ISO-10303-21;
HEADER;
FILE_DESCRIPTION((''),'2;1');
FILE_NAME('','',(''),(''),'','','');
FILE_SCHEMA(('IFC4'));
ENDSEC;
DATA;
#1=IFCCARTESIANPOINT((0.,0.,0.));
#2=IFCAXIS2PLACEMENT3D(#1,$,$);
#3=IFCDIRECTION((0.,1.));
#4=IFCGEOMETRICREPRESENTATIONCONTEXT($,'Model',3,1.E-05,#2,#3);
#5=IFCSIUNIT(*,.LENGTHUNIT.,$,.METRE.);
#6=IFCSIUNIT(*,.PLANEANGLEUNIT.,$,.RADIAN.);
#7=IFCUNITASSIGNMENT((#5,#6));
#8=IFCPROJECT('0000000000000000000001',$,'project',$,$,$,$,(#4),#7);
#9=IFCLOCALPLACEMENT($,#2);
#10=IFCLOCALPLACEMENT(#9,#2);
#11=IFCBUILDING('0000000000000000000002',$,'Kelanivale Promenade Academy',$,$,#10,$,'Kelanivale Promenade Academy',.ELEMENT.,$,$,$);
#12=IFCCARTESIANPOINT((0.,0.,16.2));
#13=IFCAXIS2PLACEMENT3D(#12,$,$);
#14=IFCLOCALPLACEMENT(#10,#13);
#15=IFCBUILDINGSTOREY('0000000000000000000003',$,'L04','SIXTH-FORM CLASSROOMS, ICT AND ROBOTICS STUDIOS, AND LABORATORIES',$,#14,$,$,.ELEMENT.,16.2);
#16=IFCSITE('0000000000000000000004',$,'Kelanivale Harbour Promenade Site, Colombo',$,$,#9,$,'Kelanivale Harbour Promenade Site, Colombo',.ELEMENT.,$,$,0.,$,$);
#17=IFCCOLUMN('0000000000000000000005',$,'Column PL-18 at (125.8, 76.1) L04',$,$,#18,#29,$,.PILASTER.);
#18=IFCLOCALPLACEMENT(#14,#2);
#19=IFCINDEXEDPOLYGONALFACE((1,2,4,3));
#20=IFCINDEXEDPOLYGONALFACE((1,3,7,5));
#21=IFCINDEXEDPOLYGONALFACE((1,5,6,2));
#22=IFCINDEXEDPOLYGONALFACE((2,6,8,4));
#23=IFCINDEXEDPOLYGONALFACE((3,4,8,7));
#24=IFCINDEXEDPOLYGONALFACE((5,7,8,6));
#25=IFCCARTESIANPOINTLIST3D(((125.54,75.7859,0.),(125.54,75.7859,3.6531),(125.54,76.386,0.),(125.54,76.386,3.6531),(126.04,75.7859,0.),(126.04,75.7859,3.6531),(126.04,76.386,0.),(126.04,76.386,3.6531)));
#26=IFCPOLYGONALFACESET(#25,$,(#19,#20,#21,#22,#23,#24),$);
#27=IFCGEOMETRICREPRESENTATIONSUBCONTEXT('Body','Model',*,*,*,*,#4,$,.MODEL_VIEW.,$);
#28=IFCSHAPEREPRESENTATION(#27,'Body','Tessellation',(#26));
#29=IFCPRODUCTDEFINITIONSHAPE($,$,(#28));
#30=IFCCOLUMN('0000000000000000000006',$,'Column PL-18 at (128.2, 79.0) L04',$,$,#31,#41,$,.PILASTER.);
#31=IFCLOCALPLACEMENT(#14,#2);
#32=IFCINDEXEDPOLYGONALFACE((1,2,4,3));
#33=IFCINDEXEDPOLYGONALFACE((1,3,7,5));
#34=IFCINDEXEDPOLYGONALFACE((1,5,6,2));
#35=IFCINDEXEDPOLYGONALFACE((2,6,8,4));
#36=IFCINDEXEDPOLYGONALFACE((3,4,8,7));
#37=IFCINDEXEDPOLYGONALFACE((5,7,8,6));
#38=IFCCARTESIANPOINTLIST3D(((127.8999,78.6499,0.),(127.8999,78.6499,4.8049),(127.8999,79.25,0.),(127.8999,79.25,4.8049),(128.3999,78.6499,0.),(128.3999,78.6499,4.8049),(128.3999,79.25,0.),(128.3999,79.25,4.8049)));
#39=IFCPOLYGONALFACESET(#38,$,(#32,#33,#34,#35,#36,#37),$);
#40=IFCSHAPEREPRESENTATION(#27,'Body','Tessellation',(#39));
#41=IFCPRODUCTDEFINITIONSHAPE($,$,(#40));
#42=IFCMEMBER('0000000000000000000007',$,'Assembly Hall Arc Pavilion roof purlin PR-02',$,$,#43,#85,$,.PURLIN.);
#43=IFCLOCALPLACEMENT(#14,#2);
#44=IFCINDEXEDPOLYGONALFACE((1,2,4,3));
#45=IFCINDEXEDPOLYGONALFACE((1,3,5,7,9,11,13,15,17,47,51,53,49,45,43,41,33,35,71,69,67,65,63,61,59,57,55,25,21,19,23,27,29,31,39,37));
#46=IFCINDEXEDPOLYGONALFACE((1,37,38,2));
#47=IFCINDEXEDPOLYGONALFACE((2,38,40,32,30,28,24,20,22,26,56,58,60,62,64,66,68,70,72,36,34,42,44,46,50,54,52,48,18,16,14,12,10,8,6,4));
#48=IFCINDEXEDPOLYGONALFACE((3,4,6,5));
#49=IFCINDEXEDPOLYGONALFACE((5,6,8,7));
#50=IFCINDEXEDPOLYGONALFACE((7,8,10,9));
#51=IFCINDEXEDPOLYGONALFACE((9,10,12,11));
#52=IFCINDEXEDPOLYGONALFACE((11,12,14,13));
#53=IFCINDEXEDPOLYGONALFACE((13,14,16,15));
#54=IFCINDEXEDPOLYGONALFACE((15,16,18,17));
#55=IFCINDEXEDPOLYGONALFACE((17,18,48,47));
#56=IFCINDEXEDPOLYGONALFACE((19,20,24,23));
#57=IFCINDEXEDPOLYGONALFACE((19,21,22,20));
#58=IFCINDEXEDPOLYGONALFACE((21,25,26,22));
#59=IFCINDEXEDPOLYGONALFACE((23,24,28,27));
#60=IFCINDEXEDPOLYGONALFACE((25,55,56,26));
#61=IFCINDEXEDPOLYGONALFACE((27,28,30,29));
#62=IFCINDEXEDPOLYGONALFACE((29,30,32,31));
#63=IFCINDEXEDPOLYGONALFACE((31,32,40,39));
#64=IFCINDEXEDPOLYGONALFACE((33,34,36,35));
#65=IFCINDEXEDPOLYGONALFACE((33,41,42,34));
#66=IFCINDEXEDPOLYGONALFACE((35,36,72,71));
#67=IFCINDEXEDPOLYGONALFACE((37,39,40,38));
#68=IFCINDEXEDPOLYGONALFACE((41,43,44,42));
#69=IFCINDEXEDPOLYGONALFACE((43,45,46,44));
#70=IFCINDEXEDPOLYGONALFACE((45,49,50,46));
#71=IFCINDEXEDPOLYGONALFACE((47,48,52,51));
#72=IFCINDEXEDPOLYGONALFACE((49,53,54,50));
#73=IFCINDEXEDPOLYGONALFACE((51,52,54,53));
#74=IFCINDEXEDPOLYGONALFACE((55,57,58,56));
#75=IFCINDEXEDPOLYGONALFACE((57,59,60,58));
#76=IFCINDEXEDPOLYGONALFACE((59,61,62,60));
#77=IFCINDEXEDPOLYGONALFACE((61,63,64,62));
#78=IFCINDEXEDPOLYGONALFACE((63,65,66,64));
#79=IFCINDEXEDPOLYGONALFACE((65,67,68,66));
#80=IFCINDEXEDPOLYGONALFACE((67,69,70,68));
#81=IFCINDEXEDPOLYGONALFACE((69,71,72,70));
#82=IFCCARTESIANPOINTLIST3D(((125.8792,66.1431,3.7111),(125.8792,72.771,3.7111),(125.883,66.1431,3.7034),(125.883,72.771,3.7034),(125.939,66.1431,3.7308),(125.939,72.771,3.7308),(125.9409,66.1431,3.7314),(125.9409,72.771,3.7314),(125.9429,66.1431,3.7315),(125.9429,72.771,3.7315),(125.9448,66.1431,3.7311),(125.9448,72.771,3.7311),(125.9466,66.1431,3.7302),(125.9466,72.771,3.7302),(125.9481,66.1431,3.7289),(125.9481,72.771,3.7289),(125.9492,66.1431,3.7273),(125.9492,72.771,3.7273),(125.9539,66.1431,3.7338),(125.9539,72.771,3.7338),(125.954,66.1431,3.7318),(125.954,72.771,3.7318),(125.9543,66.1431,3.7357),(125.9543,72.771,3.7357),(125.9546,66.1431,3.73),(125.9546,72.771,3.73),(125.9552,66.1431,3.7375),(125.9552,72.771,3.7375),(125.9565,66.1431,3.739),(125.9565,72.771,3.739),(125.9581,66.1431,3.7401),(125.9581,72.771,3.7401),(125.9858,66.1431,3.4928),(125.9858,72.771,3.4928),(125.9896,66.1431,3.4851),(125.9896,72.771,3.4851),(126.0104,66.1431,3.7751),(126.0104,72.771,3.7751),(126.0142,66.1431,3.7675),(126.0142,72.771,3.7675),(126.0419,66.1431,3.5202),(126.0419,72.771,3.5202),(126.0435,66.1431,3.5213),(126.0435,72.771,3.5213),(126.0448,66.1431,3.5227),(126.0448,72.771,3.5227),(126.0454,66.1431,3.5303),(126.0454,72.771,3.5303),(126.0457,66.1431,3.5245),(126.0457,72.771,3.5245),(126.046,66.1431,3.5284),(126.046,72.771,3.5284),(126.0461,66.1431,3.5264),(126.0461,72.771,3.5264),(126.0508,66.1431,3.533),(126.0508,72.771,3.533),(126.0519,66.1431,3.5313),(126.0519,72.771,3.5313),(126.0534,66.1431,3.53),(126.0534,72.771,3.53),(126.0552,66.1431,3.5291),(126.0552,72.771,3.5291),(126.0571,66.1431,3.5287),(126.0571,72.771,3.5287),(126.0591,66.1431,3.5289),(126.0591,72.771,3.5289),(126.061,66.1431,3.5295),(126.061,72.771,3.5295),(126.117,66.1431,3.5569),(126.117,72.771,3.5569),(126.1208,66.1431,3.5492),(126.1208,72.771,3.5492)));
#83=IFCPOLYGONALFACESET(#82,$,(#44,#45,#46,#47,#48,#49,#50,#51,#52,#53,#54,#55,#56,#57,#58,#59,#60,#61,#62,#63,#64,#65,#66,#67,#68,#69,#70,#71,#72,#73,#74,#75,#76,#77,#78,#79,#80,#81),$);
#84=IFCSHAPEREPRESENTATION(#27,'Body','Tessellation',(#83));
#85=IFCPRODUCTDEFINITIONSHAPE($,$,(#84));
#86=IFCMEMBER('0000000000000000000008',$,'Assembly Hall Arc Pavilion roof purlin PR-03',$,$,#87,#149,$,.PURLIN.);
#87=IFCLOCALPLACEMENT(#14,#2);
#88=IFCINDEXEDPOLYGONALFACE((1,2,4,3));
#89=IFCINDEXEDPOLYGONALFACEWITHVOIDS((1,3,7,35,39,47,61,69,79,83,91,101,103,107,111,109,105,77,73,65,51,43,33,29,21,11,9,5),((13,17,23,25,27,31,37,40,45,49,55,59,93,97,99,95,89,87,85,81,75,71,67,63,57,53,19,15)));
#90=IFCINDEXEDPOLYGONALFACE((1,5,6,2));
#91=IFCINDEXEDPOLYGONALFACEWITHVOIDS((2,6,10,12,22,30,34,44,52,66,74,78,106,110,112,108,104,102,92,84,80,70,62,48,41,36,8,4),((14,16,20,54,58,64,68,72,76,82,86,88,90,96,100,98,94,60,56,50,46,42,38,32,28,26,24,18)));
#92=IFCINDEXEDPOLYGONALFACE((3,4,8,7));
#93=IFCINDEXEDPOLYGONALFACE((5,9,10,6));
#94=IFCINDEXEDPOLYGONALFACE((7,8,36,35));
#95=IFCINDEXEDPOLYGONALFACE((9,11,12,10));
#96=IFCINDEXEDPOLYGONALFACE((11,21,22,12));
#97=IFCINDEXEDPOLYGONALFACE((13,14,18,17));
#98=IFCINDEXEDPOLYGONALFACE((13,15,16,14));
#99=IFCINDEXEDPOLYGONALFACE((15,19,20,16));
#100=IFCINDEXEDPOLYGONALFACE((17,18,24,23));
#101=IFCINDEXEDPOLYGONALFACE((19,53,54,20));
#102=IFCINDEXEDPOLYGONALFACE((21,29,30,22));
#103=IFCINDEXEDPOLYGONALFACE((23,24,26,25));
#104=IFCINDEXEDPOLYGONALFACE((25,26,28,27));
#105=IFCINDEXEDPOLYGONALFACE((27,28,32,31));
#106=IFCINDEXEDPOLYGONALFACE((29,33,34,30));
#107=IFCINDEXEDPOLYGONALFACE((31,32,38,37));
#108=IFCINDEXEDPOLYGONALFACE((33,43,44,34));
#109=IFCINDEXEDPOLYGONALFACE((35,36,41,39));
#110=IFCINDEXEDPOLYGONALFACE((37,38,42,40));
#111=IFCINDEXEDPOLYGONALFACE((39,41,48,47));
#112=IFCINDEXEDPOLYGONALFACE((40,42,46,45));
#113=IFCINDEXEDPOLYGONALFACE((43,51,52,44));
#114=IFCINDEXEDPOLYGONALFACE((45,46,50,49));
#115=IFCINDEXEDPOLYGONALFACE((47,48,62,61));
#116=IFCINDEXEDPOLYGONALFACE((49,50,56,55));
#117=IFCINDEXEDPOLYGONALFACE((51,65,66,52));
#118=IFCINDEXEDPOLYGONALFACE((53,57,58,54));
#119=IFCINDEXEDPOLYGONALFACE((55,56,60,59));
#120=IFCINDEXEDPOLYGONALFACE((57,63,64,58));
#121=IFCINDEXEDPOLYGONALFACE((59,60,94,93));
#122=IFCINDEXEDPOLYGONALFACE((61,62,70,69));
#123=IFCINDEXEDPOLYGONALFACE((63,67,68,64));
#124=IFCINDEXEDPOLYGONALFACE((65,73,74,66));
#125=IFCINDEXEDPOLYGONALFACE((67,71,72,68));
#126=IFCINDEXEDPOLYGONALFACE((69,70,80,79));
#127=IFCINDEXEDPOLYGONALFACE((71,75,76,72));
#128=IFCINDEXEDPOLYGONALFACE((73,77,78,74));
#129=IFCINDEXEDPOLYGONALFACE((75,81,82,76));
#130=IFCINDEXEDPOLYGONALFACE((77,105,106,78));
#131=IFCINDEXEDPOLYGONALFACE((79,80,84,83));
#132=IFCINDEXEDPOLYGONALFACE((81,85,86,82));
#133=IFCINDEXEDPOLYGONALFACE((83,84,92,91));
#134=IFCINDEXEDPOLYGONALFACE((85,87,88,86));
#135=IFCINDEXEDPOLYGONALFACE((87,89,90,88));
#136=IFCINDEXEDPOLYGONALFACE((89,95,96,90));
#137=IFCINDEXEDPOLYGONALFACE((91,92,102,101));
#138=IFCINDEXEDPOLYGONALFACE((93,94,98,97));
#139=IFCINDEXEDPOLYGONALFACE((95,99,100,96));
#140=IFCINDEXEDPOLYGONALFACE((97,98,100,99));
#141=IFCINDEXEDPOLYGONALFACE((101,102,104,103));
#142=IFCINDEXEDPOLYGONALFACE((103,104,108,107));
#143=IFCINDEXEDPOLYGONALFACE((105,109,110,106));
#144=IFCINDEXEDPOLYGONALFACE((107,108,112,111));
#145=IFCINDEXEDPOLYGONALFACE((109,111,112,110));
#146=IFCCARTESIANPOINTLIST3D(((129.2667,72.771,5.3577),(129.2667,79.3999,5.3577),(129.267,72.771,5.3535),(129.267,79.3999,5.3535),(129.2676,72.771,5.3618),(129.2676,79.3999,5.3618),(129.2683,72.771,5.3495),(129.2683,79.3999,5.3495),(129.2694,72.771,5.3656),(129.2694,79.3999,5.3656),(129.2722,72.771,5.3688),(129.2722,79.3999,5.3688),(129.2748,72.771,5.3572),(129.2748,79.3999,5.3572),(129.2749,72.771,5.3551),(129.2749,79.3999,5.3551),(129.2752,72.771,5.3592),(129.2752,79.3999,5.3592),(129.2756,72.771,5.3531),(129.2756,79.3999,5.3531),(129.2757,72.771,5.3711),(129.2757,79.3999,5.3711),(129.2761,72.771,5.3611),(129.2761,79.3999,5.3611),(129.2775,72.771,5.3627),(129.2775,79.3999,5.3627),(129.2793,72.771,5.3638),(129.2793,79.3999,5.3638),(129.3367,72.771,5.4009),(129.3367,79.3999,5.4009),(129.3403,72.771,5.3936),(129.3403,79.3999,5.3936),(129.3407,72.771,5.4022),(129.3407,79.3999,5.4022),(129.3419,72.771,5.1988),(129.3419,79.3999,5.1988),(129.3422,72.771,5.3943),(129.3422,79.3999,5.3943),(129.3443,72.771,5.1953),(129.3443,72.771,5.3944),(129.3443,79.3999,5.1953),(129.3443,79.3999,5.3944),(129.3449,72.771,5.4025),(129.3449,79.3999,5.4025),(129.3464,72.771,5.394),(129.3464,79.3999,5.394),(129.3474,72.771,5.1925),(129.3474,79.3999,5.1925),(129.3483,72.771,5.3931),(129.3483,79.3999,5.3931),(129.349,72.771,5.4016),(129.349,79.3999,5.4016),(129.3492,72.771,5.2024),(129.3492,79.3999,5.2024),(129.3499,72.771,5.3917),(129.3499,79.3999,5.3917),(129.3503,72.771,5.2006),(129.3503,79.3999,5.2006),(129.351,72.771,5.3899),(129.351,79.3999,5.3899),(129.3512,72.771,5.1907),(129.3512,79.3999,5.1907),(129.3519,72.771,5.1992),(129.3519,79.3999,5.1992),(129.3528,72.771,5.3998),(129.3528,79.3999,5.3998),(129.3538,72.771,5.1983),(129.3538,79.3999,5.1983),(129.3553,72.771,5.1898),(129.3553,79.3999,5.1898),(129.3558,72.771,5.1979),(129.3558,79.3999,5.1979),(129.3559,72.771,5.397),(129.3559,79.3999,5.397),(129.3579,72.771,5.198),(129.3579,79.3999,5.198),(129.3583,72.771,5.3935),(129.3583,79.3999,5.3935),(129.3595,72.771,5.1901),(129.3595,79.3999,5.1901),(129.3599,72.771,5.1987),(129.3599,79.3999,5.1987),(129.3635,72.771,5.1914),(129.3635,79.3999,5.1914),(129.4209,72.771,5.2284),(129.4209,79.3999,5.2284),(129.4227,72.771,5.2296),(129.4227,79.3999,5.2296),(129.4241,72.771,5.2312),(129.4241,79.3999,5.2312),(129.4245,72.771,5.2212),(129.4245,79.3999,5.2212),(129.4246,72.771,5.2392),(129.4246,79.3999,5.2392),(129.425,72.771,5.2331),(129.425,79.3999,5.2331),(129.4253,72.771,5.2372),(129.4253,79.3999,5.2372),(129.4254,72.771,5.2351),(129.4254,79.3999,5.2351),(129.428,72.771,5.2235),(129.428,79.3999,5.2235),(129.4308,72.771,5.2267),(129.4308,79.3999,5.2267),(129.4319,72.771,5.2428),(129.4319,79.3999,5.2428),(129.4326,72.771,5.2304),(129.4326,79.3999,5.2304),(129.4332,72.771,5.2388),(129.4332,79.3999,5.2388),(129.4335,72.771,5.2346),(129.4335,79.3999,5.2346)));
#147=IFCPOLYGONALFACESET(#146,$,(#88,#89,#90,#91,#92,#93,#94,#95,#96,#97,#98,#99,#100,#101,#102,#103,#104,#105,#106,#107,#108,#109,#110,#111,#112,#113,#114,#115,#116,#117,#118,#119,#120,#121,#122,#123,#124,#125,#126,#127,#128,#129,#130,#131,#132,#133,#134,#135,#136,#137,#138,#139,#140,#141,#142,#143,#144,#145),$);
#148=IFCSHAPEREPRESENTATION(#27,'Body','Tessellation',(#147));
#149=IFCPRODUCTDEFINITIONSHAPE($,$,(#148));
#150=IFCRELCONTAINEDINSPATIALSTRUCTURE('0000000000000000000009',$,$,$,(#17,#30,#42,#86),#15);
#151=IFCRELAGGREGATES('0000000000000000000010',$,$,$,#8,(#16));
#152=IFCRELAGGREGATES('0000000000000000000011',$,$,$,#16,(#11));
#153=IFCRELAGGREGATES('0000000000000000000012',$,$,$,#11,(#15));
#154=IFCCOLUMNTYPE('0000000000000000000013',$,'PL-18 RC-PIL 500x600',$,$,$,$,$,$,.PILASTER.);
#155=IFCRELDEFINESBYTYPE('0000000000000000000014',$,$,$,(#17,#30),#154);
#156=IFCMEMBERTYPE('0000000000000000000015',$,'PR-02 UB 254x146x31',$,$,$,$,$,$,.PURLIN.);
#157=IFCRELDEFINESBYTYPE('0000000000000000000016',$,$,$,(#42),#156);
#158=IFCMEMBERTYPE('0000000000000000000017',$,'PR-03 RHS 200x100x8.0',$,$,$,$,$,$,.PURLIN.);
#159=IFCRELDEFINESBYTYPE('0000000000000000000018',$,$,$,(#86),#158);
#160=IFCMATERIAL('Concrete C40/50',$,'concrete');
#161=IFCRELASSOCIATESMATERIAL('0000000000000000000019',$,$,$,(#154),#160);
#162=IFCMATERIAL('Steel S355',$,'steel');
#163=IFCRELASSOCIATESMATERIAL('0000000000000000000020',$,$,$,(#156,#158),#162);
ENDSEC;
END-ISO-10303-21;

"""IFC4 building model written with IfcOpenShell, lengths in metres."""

from ifc_helpers import new_model, si_unit, direction, frame, origin, origin_2d, place, context, subcontext, project, spatial, rectangle, hollow_rectangle, i_section, extrude, material, material_profile, profile_set, type_object, element, save


model = new_model("IFC4")

# Units and contexts
model_context = context("Model", 3, precision=1e-05, world=origin(), true_north=direction((0.0, 1.0)))
body_context = subcontext(model_context, "Body", "Model", "MODEL_VIEW")
ifc_project = project(units=[si_unit("LENGTHUNIT", "METRE"), si_unit("PLANEANGLEUNIT", "RADIAN")], contexts=[model_context])

# Site, building, storey
site_placement = place(None, origin())
site = spatial("IfcSite", under=ifc_project, at=site_placement, Name="Kelanivale Harbour Promenade Site, Colombo", LongName="Kelanivale Harbour Promenade Site, Colombo", CompositionType="ELEMENT", RefElevation=0.0)
building_placement = place(site_placement, origin())
building = spatial("IfcBuilding", under=site, at=building_placement, Name="Kelanivale Promenade Academy", LongName="Kelanivale Promenade Academy", CompositionType="ELEMENT")
storey_placement = place(building_placement, frame((0.0, 0.0, 16.2)))
storey = spatial("IfcBuildingStorey", under=building, at=storey_placement, Name="L04", Description="SIXTH-FORM CLASSROOMS, ICT AND ROBOTICS STUDIOS, AND LABORATORIES", CompositionType="ELEMENT", Elevation=16.2)

# Columns
ifc_material_1 = material(Name="Concrete C40/50", Category="concrete")
ifc_material_profile_1 = material_profile(ifc_material_1, rectangle(XDim=0.5, YDim=0.6001, at=origin_2d()), Name="RC-PIL 500x600")
ifc_profile_set_1 = profile_set([ifc_material_profile_1], Name="Concrete C40/50")
column_type = type_object("IfcColumnType", Name="PL-18 RC-PIL 500x600", PredefinedType="PILASTER", material=ifc_profile_set_1)
column_1_placement = place(storey_placement, frame((125.79, 76.0859, 0.0), z_axis=(0.0, 0.0, 1.0), x_axis=(1.0, 0.0, 0.0)))
element("IfcColumn", 1, at=column_1_placement, inside=storey, type_object=column_type, Name="Column PL-18 at (125.8, 76.1) L04", PredefinedType="PILASTER", context=body_context, shape_type="SweptSolid", body=[
    extrude(rectangle(XDim=0.5, YDim=0.6001, at=origin_2d()), origin(), (0.0, 0.0, 1.0), 3.6531),
])
column_2_placement = place(storey_placement, frame((128.1499, 78.95, 0.0), z_axis=(0.0, 0.0, 1.0), x_axis=(1.0, 0.0, 0.0)))
element("IfcColumn", 2, at=column_2_placement, inside=storey, type_object=column_type, Name="Column PL-18 at (128.2, 79.0) L04", PredefinedType="PILASTER", context=body_context, shape_type="SweptSolid", body=[
    extrude(rectangle(XDim=0.5, YDim=0.6001, at=origin_2d()), origin(), (0.0, 0.0, 1.0), 4.8049),
])

# Members
ifc_material_2 = material(Name="Steel S355", Category="steel")
ifc_material_profile_2 = material_profile(ifc_material_2, i_section(OverallWidth=0.146, OverallDepth=0.2515, WebThickness=0.0061, FlangeThickness=0.0085, FilletRadius=0.0076, at=origin_2d()), Name="UB 254x146x31")
ifc_profile_set_2 = profile_set([ifc_material_profile_2], Name="Steel S355")
member_type_1 = type_object("IfcMemberType", Name="PR-02 UB 254x146x31", PredefinedType="PURLIN", material=ifc_profile_set_2)
member_1_placement = place(storey_placement, frame((126.0, 66.1431, 3.6301), z_axis=(0.0, 1.0, 0.0), x_axis=(-0.898564, 0.0, -0.438842)))
element("IfcMember", 3, at=member_1_placement, inside=storey, type_object=member_type_1, Name="Assembly Hall Arc Pavilion roof purlin PR-02", PredefinedType="PURLIN", context=body_context, shape_type="SweptSolid", body=[
    extrude(i_section(OverallWidth=0.146, OverallDepth=0.2515, WebThickness=0.0061, FlangeThickness=0.0085, FilletRadius=0.0076, at=origin_2d()), origin(), (0.0, 0.0, 1.0), 6.6279),
])
ifc_material_profile_3 = material_profile(ifc_material_2, hollow_rectangle(XDim=0.1001, YDim=0.2, WallThickness=0.0081, InnerFilletRadius=0.0081, OuterFilletRadius=0.0161, at=origin_2d()), Name="RHS 200x100x8.0")
ifc_profile_set_3 = profile_set([ifc_material_profile_3], Name="Steel S355")
member_type_2 = type_object("IfcMemberType", Name="PR-03 RHS 200x100x8.0", PredefinedType="PURLIN", material=ifc_profile_set_3)
member_2_placement = place(storey_placement, frame((129.3501, 72.771, 5.2961), z_axis=(0.0, 1.0, 0.0), x_axis=(-0.898564, 0.0, -0.438842)))
element("IfcMember", 4, at=member_2_placement, inside=storey, type_object=member_type_2, Name="Assembly Hall Arc Pavilion roof purlin PR-03", PredefinedType="PURLIN", context=body_context, shape_type="SweptSolid", body=[
    extrude(hollow_rectangle(XDim=0.1001, YDim=0.2, WallThickness=0.0081, InnerFilletRadius=0.0081, OuterFilletRadius=0.0161, at=origin_2d()), origin(), (0.0, 0.0, 1.0), 6.6289),
])

save(model, "model.ifc")
